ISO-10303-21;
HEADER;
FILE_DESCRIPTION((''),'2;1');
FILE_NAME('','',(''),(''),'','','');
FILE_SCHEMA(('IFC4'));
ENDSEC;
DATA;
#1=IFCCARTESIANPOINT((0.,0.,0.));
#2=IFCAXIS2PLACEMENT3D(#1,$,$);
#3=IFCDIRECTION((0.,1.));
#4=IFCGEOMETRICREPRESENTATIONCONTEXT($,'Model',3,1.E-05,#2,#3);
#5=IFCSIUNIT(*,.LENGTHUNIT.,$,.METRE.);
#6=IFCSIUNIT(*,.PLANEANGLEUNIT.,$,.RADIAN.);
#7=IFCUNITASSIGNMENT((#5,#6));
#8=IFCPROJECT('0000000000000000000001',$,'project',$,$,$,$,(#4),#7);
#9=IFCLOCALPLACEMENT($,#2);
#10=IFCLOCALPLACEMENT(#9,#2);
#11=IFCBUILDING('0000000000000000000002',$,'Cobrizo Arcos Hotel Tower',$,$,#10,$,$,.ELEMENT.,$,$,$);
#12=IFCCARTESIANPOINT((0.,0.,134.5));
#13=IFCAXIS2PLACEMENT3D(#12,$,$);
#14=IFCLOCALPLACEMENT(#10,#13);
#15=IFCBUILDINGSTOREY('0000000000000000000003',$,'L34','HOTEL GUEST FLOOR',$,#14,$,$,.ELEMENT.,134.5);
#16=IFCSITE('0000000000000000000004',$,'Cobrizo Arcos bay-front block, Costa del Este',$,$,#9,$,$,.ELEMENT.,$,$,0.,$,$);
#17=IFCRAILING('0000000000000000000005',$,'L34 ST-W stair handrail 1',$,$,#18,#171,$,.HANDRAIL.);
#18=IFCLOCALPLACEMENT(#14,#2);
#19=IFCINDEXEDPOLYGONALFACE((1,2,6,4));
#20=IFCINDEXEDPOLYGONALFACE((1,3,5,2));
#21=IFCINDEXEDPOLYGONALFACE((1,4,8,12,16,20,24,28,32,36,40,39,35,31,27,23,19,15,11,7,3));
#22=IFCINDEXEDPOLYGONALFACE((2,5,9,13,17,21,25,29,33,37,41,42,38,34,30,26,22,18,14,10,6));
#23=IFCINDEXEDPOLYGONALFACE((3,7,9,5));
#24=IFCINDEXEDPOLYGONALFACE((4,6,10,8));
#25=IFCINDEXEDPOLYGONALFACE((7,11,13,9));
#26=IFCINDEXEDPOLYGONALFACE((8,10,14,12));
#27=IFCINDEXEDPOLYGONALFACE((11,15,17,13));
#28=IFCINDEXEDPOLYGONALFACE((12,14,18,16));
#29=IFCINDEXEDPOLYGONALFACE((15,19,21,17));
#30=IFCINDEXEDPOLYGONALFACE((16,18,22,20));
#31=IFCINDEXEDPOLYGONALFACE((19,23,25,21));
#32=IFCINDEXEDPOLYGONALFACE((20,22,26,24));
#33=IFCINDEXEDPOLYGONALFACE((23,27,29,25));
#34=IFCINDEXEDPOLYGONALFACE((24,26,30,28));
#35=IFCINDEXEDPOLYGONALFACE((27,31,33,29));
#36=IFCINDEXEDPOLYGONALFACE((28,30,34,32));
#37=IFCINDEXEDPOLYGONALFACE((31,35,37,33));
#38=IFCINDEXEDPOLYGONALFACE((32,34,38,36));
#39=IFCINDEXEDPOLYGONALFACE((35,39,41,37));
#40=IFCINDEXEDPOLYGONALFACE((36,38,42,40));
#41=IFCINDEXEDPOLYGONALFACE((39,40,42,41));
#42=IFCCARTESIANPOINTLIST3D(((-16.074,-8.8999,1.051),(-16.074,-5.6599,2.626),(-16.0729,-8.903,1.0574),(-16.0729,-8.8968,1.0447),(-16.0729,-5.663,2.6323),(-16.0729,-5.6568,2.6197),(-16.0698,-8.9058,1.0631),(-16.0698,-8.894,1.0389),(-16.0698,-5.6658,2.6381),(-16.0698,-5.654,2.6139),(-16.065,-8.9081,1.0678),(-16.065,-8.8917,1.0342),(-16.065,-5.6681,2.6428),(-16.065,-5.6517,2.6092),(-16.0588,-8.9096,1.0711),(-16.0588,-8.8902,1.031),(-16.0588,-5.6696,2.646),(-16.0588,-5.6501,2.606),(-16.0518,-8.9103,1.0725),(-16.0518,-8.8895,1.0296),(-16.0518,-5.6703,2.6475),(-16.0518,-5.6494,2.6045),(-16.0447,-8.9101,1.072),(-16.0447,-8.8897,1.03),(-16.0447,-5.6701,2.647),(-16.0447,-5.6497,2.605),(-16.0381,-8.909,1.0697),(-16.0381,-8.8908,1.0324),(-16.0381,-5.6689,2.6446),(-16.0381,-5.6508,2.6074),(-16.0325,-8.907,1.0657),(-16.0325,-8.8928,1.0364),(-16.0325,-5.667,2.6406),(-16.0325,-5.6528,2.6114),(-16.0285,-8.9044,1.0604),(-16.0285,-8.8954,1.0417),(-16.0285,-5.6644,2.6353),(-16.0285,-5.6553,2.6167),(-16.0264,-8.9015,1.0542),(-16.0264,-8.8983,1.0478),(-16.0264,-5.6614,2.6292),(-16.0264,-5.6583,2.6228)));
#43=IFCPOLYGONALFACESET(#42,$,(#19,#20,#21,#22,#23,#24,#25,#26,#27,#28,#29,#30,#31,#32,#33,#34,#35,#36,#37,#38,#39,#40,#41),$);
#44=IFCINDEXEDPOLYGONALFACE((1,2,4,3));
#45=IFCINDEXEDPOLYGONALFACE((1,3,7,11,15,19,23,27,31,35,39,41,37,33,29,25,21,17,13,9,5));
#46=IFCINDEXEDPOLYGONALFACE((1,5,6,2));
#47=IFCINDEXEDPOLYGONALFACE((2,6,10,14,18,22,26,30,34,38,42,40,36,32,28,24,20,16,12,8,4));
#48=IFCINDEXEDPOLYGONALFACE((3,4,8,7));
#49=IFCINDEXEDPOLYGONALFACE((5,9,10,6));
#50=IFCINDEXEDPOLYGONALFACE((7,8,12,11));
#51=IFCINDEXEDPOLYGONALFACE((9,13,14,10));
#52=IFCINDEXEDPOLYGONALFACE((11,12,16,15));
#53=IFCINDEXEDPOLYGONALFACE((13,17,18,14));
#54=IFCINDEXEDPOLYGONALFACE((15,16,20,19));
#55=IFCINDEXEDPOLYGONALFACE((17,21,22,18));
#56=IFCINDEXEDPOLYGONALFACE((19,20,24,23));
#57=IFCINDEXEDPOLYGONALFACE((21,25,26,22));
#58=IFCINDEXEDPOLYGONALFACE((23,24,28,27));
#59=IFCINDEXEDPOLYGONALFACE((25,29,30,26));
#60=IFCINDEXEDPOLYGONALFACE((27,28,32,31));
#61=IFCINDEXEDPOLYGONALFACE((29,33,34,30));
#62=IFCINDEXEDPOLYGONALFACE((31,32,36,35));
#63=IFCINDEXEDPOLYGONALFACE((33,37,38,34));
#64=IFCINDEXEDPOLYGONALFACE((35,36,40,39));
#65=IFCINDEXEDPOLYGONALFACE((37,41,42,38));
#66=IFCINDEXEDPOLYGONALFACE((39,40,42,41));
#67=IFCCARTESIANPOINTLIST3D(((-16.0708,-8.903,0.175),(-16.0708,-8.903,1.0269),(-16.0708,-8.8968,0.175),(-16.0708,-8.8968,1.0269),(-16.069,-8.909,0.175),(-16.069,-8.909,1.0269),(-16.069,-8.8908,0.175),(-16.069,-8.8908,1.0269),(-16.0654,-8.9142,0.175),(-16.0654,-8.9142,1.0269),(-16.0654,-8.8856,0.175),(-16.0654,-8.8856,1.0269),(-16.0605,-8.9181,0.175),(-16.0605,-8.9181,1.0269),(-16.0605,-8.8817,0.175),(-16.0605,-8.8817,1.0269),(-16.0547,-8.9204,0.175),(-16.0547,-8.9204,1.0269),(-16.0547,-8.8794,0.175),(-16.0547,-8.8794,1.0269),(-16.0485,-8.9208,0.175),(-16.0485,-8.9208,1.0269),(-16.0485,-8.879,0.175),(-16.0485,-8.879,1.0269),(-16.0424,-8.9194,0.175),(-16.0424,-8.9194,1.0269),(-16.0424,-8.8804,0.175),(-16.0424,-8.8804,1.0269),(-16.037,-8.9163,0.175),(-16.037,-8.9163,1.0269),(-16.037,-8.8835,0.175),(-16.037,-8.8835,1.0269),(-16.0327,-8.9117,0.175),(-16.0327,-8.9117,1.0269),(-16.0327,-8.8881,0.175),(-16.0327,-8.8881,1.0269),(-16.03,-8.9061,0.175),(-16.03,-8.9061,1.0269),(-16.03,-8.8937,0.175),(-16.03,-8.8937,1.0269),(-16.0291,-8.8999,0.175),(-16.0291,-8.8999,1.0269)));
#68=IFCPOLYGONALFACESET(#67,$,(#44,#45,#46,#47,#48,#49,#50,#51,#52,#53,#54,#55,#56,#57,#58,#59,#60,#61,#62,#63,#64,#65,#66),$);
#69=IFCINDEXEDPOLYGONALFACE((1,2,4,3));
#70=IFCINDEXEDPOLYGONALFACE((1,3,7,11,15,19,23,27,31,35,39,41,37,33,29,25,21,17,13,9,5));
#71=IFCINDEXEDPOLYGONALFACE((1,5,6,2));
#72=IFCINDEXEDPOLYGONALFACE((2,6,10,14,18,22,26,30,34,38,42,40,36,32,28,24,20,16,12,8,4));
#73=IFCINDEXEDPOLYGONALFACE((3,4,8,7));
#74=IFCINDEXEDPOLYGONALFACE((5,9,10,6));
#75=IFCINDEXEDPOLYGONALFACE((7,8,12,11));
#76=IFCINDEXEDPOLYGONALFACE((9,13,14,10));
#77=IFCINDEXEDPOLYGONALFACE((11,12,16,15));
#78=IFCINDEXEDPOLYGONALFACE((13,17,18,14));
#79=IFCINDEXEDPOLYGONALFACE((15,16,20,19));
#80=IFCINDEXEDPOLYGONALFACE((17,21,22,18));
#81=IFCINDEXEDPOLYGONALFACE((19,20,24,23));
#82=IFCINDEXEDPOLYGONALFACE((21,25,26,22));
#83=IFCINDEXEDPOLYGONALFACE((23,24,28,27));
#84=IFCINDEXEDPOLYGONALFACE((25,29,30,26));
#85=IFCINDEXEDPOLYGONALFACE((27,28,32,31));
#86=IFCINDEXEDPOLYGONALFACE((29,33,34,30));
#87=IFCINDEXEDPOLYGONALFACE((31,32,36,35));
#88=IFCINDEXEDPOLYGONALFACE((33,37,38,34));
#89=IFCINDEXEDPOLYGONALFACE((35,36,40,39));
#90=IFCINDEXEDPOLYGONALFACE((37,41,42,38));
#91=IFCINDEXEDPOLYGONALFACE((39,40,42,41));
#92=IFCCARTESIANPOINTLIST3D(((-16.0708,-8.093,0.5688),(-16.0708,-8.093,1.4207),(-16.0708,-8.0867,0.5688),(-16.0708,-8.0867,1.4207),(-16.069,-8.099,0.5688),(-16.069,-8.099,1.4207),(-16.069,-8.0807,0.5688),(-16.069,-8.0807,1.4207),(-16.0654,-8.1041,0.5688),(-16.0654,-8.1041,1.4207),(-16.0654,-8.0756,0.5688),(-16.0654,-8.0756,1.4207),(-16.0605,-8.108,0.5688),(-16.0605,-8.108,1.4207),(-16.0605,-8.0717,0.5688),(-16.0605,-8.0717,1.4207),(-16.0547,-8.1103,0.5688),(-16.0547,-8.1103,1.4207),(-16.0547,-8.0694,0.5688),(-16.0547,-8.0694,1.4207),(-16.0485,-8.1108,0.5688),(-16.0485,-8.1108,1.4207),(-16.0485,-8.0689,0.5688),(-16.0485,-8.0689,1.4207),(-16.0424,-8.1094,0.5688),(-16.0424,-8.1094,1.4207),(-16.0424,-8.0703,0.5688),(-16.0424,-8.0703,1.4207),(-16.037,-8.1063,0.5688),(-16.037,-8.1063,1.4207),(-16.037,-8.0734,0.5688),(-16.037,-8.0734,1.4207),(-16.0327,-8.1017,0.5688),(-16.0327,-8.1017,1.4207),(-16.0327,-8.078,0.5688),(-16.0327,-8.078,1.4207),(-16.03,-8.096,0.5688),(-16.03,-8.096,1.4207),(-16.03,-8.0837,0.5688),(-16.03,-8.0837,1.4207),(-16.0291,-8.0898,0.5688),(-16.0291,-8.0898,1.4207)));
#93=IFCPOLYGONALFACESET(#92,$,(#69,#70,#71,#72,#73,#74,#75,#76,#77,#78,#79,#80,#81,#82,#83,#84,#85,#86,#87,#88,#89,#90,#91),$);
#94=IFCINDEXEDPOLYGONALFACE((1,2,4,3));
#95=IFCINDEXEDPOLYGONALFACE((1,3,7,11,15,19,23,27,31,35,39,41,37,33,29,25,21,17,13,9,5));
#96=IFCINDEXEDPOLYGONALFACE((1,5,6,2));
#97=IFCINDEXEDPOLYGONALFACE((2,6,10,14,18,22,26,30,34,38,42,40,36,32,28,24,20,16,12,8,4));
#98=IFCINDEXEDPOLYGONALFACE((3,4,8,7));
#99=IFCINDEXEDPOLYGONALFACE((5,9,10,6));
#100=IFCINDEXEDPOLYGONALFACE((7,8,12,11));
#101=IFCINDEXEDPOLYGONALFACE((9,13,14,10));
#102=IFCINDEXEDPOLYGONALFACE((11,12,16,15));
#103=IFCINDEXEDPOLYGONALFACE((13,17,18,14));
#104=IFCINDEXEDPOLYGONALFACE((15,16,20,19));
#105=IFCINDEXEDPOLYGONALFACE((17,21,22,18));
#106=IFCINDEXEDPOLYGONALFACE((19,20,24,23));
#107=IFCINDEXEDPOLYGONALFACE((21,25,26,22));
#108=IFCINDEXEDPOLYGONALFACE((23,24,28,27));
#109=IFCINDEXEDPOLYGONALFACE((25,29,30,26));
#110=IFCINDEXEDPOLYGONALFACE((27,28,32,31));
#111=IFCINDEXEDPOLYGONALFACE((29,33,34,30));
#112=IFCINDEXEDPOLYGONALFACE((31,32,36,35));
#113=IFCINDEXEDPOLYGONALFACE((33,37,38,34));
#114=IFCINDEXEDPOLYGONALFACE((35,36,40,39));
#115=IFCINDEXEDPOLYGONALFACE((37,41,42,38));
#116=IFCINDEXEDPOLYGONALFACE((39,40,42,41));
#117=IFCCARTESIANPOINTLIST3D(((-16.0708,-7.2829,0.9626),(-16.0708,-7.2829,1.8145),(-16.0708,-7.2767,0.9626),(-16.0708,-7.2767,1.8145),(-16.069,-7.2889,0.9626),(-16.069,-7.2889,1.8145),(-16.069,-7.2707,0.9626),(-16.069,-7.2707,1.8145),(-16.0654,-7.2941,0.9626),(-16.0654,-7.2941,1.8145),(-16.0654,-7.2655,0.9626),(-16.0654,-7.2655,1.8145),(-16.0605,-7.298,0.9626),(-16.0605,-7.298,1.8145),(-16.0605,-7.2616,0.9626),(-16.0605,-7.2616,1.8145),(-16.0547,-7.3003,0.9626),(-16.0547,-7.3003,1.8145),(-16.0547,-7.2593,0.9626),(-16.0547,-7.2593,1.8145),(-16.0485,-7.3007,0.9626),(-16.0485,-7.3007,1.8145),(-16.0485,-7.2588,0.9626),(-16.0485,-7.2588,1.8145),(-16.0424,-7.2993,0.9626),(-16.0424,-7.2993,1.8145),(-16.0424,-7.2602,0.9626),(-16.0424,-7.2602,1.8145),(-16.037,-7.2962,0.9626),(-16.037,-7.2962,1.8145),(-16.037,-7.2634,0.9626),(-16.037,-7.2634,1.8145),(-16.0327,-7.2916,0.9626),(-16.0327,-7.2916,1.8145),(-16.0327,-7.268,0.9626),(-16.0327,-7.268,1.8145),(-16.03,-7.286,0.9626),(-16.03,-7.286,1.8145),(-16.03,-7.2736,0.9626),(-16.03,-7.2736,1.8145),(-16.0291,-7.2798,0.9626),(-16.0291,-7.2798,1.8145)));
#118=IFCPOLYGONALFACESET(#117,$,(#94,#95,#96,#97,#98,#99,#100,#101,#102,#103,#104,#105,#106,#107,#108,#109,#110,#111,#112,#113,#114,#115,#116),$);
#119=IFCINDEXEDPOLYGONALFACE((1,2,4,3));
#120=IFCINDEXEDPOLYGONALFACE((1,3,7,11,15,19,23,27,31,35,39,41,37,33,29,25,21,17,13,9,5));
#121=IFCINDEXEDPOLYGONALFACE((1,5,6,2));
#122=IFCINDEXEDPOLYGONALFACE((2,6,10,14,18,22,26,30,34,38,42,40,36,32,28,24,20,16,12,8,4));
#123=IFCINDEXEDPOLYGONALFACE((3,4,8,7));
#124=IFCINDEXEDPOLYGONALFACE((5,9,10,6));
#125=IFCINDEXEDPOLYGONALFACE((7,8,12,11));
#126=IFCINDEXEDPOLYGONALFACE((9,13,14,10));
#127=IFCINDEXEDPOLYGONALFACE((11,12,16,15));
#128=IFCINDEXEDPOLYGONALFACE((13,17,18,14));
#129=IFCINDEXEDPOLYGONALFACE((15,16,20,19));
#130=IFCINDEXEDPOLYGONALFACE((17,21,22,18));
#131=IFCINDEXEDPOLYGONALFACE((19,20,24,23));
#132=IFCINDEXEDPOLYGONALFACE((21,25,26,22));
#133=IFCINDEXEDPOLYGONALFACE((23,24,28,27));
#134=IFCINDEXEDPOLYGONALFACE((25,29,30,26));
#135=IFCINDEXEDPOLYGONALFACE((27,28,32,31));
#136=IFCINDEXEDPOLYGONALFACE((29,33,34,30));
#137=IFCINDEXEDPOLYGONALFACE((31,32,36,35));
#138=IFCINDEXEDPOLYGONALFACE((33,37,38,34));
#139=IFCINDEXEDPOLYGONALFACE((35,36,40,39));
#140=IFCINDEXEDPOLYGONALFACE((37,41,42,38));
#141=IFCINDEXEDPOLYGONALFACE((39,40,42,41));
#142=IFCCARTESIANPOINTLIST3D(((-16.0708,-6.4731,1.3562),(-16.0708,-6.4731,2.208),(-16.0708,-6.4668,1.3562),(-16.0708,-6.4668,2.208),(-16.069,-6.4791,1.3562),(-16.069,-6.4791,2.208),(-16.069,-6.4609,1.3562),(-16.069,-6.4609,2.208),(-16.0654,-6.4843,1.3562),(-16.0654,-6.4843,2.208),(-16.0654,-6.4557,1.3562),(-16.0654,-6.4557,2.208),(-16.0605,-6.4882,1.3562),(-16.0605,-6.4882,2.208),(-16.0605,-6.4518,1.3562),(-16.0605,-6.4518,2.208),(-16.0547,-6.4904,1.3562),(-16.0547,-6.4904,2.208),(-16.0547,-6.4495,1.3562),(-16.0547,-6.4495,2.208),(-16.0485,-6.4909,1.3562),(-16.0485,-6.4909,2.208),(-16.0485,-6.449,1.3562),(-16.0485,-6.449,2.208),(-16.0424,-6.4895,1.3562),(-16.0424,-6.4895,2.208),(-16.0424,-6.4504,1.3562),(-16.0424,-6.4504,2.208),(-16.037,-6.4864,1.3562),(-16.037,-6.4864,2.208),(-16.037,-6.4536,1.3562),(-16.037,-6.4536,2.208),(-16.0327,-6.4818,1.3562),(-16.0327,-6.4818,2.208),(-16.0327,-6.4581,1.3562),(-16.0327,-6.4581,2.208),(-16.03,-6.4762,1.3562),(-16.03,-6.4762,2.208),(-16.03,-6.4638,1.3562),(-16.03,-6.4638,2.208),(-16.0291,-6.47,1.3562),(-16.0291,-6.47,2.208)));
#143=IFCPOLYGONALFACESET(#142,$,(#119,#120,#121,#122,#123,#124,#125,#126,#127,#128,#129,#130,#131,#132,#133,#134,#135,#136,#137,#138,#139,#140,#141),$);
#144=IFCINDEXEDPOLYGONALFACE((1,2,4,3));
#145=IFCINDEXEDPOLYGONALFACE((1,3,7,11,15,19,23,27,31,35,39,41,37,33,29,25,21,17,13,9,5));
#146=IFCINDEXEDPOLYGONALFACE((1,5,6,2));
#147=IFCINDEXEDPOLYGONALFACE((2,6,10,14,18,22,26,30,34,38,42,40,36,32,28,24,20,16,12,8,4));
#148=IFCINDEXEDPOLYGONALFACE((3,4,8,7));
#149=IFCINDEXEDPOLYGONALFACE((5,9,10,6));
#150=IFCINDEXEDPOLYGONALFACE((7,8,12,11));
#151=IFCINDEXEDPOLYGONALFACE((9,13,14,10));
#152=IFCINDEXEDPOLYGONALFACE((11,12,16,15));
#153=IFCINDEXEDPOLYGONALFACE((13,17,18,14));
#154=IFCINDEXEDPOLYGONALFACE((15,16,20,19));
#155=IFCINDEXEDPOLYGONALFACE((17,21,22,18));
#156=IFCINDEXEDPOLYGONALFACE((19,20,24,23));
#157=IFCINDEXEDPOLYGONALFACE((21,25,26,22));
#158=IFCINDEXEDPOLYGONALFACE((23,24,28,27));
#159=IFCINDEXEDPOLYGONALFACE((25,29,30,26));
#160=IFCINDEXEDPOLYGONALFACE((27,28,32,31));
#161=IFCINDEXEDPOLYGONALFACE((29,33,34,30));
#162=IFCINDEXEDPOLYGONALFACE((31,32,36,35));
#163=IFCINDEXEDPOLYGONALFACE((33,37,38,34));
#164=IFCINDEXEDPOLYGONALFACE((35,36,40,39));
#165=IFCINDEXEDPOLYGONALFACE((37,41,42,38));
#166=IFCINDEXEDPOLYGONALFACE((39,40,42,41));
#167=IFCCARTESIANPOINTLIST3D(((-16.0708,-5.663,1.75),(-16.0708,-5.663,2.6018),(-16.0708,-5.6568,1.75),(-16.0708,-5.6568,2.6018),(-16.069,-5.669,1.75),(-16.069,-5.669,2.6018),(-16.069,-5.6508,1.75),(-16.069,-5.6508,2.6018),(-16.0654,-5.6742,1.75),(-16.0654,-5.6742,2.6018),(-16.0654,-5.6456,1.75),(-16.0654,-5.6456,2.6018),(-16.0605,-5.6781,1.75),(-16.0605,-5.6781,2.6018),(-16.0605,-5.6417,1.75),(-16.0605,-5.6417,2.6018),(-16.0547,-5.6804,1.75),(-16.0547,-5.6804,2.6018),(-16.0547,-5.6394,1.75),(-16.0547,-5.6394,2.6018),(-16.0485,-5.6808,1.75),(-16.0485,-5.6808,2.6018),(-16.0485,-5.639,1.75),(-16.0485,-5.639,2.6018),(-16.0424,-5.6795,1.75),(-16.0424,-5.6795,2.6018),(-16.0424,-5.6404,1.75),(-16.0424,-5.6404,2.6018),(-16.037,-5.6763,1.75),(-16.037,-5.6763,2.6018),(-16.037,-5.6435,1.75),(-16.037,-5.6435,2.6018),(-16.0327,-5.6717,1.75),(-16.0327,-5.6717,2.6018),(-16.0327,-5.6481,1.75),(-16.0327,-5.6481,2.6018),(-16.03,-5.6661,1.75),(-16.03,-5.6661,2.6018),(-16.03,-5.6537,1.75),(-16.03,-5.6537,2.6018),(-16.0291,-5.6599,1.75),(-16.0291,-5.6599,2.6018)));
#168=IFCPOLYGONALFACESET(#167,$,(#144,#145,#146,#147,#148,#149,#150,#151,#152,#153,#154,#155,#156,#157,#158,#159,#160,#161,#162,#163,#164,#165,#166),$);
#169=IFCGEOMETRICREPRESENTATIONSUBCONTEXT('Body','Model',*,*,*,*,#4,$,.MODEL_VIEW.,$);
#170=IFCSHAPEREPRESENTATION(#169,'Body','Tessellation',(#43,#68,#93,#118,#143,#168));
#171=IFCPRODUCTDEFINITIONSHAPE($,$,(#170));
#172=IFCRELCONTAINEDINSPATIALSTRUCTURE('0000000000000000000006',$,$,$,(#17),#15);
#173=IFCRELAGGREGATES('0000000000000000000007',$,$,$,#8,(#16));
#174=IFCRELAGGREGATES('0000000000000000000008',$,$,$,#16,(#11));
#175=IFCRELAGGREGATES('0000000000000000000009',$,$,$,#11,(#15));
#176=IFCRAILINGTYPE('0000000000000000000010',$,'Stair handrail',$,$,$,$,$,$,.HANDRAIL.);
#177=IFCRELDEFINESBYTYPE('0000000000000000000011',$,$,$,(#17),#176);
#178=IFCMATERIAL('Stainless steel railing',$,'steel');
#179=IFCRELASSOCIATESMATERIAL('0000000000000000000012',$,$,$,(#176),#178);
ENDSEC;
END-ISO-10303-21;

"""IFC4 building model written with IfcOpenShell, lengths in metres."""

from ifc_helpers import new_model, si_unit, direction, frame, origin, origin_2d, place, context, subcontext, project, spatial, circle, extrude, material, type_object, element, save


model = new_model("IFC4")

# Units and contexts
model_context = context("Model", 3, precision=1e-05, world=origin(), true_north=direction((0.0, 1.0)))
body_context = subcontext(model_context, "Body", "Model", "MODEL_VIEW")
ifc_project = project(units=[si_unit("LENGTHUNIT", "METRE"), si_unit("PLANEANGLEUNIT", "RADIAN")], contexts=[model_context])

# Site, building, storey
site_placement = place(None, origin())
site = spatial("IfcSite", under=ifc_project, at=site_placement, Name="Cobrizo Arcos bay-front block, Costa del Este", CompositionType="ELEMENT", RefElevation=0.0)
building_placement = place(site_placement, origin())
building = spatial("IfcBuilding", under=site, at=building_placement, Name="Cobrizo Arcos Hotel Tower", CompositionType="ELEMENT")
storey_placement = place(building_placement, frame((0.0, 0.0, 134.5)))
storey = spatial("IfcBuildingStorey", under=building, at=storey_placement, Name="L34", Description="HOTEL GUEST FLOOR", CompositionType="ELEMENT", Elevation=134.5)

# Railing
ifc_material_1 = material(Name="Stainless steel railing", Category="steel")
railing_type_1 = type_object("IfcRailingType", Name="Stair handrail", PredefinedType="HANDRAIL", material=ifc_material_1)
railing_1_placement = place(storey_placement, frame((-16.05, -8.8999, 0.175)))
element("IfcRailing", 1, at=railing_1_placement, inside=storey, type_object=railing_type_1, Name="L34 ST-W stair handrail 1", PredefinedType="HANDRAIL", context=body_context, shape_type="SweptSolid", body=[
    extrude(circle(Radius=0.0239, at=origin_2d()), frame((0.0, 0.0, 0.876), z_axis=(0.0, 0.899373, 0.437183), x_axis=(-1.0, 0.0, 0.0)), (0.0, 0.0, 1.0), 3.6025),
    extrude(circle(Radius=0.021, at=origin_2d()), origin(), (0.0, 0.0, 1.0), 0.8518),
    extrude(circle(Radius=0.021, at=origin_2d()), frame((0.0, 0.8101, 0.3938)), (0.0, 0.0, 1.0), 0.8518),
    extrude(circle(Radius=0.021, at=origin_2d()), frame((0.0, 1.6201, 0.7876)), (0.0, 0.0, 1.0), 0.8518),
    extrude(circle(Radius=0.021, at=origin_2d()), frame((0.0, 2.4299, 1.1812)), (0.0, 0.0, 1.0), 0.8518),
    extrude(circle(Radius=0.021, at=origin_2d()), frame((0.0, 3.24, 1.575)), (0.0, 0.0, 1.0), 0.8518),
])

save(model, "model.ifc")
